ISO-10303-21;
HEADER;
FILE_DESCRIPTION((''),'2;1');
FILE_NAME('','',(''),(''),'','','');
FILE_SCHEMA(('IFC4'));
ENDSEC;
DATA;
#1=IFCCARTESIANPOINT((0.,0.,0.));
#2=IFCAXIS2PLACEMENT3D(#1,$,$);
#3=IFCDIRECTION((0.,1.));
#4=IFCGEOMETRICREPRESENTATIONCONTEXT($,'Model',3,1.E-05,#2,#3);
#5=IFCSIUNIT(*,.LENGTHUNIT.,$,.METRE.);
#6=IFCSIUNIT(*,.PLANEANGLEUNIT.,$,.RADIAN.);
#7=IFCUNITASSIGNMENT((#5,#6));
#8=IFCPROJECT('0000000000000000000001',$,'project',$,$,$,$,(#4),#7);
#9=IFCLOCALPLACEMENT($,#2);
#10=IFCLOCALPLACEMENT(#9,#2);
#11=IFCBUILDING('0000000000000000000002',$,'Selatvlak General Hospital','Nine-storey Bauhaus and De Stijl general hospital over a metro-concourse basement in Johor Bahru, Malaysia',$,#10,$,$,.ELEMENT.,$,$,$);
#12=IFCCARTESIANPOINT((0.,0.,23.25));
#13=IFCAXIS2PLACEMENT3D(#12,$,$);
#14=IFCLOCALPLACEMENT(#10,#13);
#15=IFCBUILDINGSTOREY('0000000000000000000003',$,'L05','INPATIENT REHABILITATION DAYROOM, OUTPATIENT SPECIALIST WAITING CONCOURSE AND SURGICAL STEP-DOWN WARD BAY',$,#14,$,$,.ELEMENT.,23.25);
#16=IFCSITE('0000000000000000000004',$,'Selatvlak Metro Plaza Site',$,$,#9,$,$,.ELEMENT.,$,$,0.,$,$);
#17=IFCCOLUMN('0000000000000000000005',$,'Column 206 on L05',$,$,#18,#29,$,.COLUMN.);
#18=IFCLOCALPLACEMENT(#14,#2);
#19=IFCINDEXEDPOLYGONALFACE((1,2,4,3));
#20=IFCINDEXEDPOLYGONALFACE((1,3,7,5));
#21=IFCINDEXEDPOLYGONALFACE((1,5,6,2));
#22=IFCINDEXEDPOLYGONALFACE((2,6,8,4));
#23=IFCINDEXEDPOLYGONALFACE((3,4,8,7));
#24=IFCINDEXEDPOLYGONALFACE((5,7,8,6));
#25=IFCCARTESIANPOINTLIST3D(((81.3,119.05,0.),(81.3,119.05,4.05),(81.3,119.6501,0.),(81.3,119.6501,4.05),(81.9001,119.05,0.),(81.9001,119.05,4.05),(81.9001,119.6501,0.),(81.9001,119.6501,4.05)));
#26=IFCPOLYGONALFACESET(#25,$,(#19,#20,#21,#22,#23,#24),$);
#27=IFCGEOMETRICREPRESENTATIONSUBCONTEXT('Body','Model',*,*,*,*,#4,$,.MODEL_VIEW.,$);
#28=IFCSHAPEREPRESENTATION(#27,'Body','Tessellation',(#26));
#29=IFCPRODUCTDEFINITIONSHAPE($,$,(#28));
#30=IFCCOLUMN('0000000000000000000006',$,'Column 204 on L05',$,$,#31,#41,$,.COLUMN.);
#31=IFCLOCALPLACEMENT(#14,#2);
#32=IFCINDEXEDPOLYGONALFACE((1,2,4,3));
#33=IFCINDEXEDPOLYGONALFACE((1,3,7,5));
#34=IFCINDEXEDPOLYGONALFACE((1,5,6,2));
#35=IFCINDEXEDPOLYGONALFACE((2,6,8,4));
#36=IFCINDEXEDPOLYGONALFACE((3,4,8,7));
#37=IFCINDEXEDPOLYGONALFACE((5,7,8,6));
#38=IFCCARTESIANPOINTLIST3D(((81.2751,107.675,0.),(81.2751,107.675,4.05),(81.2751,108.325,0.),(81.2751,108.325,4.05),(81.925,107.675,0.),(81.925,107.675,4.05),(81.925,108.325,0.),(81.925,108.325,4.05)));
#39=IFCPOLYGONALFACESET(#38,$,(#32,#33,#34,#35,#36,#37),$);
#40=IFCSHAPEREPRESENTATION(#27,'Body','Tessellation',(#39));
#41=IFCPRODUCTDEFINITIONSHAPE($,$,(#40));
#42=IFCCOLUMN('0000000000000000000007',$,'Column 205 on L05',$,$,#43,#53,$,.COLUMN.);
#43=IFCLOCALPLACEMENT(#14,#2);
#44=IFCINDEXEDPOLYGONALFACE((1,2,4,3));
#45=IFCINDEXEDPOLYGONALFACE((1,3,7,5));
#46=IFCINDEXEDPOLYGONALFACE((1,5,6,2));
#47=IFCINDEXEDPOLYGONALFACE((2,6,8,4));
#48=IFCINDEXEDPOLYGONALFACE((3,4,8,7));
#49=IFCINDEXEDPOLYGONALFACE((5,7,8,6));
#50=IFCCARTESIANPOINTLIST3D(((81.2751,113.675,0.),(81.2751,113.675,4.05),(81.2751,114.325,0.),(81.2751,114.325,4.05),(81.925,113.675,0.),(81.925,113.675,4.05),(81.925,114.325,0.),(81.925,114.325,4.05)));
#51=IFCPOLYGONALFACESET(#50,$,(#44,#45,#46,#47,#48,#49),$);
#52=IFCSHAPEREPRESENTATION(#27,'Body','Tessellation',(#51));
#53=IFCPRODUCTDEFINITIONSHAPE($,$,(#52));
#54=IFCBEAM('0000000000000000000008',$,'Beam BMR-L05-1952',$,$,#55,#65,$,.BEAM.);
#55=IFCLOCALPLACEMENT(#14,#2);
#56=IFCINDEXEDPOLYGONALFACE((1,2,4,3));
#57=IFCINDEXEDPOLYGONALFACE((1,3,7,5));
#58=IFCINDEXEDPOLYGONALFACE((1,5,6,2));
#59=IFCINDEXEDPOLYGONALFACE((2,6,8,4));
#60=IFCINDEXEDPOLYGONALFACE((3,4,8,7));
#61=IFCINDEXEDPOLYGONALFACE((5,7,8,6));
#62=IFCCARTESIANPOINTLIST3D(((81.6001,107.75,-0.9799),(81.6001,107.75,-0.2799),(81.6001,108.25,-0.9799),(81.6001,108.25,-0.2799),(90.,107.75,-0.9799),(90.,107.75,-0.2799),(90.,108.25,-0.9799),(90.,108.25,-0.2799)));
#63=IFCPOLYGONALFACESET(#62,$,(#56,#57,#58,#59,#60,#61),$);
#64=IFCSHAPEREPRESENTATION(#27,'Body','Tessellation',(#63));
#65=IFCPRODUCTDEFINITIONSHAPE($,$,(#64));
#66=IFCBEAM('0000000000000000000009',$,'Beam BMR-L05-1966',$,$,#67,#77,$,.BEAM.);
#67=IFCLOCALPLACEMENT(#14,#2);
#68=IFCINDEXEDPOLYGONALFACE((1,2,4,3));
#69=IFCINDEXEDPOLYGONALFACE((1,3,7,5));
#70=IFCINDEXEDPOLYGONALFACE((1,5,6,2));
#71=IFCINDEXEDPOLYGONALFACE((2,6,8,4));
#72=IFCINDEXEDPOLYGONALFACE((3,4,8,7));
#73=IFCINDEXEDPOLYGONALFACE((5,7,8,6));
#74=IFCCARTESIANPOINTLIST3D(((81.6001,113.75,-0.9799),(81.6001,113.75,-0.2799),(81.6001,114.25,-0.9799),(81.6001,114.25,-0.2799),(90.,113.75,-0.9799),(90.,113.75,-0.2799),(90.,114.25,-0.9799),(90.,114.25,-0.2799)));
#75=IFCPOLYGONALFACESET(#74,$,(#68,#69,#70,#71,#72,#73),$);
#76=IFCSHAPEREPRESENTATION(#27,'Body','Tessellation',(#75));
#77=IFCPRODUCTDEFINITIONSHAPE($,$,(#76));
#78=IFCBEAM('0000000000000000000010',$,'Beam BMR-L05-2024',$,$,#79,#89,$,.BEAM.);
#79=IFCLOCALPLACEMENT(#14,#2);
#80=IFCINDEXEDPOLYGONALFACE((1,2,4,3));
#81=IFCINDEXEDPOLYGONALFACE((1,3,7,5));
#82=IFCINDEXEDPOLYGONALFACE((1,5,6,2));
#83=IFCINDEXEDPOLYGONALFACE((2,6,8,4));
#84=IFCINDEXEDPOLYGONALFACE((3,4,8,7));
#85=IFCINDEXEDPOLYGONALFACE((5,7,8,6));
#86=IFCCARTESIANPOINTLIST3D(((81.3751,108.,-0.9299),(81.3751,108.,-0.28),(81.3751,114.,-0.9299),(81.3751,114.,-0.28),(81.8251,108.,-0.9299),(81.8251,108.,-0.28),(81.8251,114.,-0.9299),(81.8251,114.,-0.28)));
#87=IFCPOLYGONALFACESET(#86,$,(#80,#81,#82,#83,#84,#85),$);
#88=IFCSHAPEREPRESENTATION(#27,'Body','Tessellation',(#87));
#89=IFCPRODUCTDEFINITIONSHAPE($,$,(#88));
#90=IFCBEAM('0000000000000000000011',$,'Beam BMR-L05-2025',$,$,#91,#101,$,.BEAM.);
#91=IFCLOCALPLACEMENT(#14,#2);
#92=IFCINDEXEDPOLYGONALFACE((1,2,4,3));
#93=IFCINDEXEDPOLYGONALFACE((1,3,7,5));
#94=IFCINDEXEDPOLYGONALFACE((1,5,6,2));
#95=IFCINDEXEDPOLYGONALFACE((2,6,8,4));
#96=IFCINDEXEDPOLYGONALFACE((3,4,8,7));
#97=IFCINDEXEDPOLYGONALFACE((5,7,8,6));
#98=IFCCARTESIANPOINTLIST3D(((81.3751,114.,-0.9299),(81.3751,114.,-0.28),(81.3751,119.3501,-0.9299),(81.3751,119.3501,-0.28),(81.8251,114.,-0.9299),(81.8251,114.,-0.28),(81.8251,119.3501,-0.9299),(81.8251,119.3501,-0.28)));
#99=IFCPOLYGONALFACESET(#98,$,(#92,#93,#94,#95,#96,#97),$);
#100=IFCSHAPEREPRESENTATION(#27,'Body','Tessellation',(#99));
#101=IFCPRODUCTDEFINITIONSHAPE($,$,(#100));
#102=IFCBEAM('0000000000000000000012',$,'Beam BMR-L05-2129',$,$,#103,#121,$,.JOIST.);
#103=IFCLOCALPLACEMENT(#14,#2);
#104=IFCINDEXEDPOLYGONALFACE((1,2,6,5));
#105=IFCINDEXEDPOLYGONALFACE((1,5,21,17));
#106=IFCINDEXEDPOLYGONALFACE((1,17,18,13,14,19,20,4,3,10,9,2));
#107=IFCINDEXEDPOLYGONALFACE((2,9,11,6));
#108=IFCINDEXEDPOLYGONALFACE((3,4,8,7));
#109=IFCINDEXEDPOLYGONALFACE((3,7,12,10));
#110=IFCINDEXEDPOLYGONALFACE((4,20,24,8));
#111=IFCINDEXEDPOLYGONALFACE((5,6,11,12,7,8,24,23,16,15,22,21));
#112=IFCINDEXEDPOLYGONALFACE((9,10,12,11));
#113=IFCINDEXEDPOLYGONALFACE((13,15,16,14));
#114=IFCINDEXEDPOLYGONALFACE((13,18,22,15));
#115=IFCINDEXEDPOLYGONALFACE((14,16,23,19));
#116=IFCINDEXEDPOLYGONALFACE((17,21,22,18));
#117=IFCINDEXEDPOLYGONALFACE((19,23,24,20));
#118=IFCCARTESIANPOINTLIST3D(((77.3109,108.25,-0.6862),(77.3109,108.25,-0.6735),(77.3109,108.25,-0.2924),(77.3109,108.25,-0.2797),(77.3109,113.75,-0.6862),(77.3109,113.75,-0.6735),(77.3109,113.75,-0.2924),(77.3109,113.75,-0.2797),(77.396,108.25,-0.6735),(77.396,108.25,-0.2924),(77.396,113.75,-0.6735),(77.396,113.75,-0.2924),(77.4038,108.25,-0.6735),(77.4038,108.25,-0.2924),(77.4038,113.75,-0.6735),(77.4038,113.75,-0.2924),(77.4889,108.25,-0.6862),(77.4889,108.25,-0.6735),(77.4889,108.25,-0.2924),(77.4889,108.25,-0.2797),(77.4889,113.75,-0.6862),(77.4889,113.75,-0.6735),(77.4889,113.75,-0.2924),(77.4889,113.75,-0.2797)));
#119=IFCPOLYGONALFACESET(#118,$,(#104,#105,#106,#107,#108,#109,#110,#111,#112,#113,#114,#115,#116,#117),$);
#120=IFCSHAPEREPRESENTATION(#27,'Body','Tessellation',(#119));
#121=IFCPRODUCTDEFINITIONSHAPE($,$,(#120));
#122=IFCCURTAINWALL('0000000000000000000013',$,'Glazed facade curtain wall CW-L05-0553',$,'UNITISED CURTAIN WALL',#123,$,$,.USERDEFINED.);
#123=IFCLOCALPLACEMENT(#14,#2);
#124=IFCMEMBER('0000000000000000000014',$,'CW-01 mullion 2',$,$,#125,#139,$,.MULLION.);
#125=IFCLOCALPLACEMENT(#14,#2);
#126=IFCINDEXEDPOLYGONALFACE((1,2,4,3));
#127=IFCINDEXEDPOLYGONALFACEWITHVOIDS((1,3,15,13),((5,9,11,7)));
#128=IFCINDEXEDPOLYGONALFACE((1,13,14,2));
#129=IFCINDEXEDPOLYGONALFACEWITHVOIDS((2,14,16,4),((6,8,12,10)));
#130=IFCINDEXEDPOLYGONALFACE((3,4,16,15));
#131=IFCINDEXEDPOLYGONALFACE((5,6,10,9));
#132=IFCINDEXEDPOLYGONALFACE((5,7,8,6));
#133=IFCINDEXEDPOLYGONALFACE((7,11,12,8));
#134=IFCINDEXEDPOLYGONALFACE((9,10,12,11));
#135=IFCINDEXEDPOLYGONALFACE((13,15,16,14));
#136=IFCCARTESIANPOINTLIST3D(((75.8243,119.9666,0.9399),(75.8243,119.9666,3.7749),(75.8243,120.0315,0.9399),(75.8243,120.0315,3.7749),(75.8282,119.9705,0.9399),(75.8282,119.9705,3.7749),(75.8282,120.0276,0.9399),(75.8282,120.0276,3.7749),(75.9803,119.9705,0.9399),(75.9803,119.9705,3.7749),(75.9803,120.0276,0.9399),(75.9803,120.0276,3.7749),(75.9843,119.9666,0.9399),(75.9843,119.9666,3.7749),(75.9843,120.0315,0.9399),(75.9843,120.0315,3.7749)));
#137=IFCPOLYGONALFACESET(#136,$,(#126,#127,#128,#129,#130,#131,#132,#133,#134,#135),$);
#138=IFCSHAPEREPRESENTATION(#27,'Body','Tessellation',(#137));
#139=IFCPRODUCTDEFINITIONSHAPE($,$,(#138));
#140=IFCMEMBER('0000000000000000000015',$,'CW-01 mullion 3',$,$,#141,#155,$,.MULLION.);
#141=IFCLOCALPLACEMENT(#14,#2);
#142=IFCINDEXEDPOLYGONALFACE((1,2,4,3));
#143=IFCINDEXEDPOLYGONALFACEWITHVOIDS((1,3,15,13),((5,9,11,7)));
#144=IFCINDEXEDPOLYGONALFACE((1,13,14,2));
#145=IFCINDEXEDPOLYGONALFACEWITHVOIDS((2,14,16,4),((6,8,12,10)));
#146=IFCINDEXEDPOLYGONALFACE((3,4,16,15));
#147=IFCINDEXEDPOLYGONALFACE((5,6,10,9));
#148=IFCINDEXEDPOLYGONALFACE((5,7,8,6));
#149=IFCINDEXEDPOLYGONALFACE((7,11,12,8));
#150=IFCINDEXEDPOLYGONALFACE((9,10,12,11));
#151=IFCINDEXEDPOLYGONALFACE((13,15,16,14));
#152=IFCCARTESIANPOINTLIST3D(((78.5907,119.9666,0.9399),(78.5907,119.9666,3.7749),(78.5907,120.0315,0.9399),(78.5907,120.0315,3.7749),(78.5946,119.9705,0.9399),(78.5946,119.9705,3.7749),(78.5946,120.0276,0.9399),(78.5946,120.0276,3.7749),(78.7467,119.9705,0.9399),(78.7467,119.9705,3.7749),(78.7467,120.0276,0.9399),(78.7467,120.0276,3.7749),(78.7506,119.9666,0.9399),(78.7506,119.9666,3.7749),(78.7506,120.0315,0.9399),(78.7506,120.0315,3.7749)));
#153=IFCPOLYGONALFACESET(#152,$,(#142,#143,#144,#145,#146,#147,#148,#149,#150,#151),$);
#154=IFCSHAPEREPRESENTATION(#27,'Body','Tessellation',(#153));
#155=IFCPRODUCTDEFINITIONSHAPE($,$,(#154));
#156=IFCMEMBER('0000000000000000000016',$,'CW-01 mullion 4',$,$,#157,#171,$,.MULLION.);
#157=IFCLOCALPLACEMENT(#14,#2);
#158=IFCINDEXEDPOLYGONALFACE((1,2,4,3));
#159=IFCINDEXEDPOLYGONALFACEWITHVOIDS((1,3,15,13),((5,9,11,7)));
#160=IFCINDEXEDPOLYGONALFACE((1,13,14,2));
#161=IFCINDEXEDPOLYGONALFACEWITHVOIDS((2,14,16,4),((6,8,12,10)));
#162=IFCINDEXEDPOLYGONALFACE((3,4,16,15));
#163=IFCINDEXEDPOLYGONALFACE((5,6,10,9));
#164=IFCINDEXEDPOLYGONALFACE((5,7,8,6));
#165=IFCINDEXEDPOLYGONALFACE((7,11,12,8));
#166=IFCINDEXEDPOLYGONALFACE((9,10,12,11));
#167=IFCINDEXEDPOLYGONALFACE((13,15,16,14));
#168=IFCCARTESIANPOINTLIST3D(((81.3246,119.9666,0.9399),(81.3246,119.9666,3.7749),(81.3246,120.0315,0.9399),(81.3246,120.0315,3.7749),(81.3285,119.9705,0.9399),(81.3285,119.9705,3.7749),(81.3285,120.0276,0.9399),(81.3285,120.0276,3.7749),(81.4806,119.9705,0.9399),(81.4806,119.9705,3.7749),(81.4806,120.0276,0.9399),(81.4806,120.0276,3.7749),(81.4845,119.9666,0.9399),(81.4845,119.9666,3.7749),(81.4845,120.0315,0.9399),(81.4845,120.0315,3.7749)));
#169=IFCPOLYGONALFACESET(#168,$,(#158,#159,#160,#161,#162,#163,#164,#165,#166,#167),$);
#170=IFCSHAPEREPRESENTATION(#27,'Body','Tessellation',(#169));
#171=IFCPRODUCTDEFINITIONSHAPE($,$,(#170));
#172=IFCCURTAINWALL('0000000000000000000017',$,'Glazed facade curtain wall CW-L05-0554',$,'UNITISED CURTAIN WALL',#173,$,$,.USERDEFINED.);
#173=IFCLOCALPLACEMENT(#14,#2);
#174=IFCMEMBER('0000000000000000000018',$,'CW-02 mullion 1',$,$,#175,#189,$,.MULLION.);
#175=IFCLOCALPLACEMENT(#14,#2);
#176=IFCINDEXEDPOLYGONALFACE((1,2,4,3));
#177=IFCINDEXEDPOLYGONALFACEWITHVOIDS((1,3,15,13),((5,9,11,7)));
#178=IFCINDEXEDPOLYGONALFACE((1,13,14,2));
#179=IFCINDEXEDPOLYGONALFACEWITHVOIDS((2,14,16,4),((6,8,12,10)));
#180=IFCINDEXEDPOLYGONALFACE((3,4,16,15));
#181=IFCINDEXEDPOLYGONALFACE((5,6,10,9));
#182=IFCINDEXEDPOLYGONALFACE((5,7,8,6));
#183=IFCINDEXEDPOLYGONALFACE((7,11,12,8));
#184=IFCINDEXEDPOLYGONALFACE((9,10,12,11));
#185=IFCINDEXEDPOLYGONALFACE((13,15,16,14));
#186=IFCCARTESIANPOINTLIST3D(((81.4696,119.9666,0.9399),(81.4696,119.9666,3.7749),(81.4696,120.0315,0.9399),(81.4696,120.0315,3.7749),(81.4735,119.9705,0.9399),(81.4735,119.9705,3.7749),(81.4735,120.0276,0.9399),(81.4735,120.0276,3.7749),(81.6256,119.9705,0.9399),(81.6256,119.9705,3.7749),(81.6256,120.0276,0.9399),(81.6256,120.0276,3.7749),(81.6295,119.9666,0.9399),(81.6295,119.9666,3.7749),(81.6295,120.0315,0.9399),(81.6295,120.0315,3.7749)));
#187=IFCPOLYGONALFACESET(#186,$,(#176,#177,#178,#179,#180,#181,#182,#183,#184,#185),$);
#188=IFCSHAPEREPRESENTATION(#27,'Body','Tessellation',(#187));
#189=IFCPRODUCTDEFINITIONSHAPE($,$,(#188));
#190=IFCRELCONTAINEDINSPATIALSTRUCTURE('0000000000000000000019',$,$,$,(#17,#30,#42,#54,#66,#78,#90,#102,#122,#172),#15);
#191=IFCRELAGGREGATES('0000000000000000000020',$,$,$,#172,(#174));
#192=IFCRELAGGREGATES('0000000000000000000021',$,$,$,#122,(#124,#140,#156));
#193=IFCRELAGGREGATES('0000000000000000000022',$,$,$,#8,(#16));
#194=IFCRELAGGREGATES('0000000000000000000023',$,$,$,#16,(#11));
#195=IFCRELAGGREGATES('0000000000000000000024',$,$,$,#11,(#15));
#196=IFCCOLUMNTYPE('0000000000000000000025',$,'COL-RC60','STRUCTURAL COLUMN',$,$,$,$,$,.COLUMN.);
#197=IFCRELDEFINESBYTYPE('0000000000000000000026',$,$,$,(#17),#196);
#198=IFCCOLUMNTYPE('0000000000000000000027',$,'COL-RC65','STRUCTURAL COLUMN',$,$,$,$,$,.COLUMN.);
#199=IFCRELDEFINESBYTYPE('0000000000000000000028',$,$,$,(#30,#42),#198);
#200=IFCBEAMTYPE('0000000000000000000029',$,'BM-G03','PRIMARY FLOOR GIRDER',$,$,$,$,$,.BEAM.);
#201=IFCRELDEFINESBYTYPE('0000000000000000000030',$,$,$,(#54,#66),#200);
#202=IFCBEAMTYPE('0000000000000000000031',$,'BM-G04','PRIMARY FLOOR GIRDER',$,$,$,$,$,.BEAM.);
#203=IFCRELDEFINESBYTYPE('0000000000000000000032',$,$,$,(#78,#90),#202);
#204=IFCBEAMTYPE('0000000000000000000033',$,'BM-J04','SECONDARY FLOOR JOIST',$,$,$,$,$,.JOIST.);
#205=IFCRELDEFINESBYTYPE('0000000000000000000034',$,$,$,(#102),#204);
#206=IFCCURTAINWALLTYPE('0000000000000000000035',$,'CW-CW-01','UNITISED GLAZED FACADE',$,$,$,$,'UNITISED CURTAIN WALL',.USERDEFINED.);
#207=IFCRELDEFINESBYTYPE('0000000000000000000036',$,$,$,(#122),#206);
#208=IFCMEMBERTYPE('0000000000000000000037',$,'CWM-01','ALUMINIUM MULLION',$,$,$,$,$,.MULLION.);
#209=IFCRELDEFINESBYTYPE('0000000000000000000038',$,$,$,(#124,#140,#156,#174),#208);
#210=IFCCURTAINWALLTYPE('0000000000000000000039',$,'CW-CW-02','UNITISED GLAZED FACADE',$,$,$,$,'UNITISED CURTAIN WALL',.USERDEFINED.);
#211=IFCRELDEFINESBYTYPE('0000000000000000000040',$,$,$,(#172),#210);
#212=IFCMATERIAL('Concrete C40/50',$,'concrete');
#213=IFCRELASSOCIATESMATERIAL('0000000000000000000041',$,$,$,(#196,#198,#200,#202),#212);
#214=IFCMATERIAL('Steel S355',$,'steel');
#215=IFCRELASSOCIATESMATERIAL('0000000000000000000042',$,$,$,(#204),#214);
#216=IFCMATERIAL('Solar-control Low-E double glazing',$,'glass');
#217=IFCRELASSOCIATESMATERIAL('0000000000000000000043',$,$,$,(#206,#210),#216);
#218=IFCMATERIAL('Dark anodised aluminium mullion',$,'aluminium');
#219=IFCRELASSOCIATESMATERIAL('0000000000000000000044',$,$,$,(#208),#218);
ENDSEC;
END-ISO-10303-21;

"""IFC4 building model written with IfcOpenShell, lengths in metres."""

from ifc_helpers import new_model, si_unit, direction, frame, origin, origin_2d, place, context, subcontext, project, spatial, rectangle, hollow_rectangle, i_section, extrude, material, material_profile, profile_set, type_object, element, aggregate, save


model = new_model("IFC4")

# Units and contexts
model_context = context("Model", 3, precision=1e-05, world=origin(), true_north=direction((0.0, 1.0)))
body_context = subcontext(model_context, "Body", "Model", "MODEL_VIEW")
ifc_project = project(units=[si_unit("LENGTHUNIT", "METRE"), si_unit("PLANEANGLEUNIT", "RADIAN")], contexts=[model_context])

# Site, building, storey
site_placement = place(None, origin())
site = spatial("IfcSite", under=ifc_project, at=site_placement, Name="Selatvlak Metro Plaza Site", CompositionType="ELEMENT", RefElevation=0.0)
building_placement = place(site_placement, origin())
building = spatial("IfcBuilding", under=site, at=building_placement, Name="Selatvlak General Hospital", Description="Nine-storey Bauhaus and De Stijl general hospital over a metro-concourse basement in Johor Bahru, Malaysia", CompositionType="ELEMENT")
storey_placement = place(building_placement, frame((0.0, 0.0, 23.25)))
storey = spatial("IfcBuildingStorey", under=building, at=storey_placement, Name="L05", Description="INPATIENT REHABILITATION DAYROOM, OUTPATIENT SPECIALIST WAITING CONCOURSE AND SURGICAL STEP-DOWN WARD BAY", CompositionType="ELEMENT", Elevation=23.25)

# Columns
ifc_material_1 = material(Name="Concrete C40/50", Category="concrete")
ifc_material_profile_1 = material_profile(ifc_material_1, rectangle(XDim=0.6001, YDim=0.6001, at=origin_2d()), Name="RC-COL 600x600")
ifc_profile_set_1 = profile_set([ifc_material_profile_1], Name="Concrete C40/50")
column_type_1 = type_object("IfcColumnType", Name="COL-RC60", Description="STRUCTURAL COLUMN", PredefinedType="COLUMN", material=ifc_profile_set_1)
column_placement = place(storey_placement, frame((81.6001, 119.3501, 0.0), z_axis=(0.0, 0.0, 1.0), x_axis=(1.0, 0.0, 0.0)))
element("IfcColumn", 1, at=column_placement, inside=storey, type_object=column_type_1, Name="Column 206 on L05", PredefinedType="COLUMN", context=body_context, shape_type="SweptSolid", body=[
    extrude(rectangle(XDim=0.6001, YDim=0.6001, at=origin_2d()), origin(), (0.0, 0.0, 1.0), 4.05),
])
ifc_material_profile_2 = material_profile(ifc_material_1, rectangle(XDim=0.6499, YDim=0.6499, at=origin_2d()), Name="RC-COL 650x650")
ifc_profile_set_2 = profile_set([ifc_material_profile_2], Name="Concrete C40/50")
column_type_2 = type_object("IfcColumnType", Name="COL-RC65", Description="STRUCTURAL COLUMN", PredefinedType="COLUMN", material=ifc_profile_set_2)
for number, where, z_axis, x_axis, name in (
    (2, (81.6001, 108.0, 0.0), (0.0, 0.0, 1.0), (1.0, 0.0, 0.0), "Column 204 on L05"),
    (3, (81.6001, 114.0, 0.0), (0.0, 0.0, 1.0), (1.0, 0.0, 0.0), "Column 205 on L05"),
):
    element("IfcColumn", number, at=place(storey_placement, frame(where, z_axis=z_axis, x_axis=x_axis)), inside=storey, type_object=column_type_2, Name=name, PredefinedType="COLUMN", context=body_context, shape_type="SweptSolid", body=[
        extrude(rectangle(XDim=0.6499, YDim=0.6499, at=origin_2d()), origin(), (0.0, 0.0, 1.0), 4.05),
    ])

# Beams
ifc_material_profile_3 = material_profile(ifc_material_1, rectangle(XDim=0.5, YDim=0.7, at=origin_2d()), Name="RC-BM 500x700")
ifc_profile_set_3 = profile_set([ifc_material_profile_3], Name="Concrete C40/50")
beam_type_1 = type_object("IfcBeamType", Name="BM-G03", Description="PRIMARY FLOOR GIRDER", PredefinedType="BEAM", material=ifc_profile_set_3)
for number, where, z_axis, x_axis, name in (
    (4, (81.6001, 108.0, -0.6299), (1.0, 0.0, 0.0), (0.0, 1.0, 0.0), "Beam BMR-L05-1952"),
    (5, (81.6001, 114.0, -0.6299), (1.0, 0.0, 0.0), (0.0, 1.0, 0.0), "Beam BMR-L05-1966"),
):
    element("IfcBeam", number, at=place(storey_placement, frame(where, z_axis=z_axis, x_axis=x_axis)), inside=storey, type_object=beam_type_1, Name=name, PredefinedType="BEAM", context=body_context, shape_type="SweptSolid", body=[
        extrude(rectangle(XDim=0.5, YDim=0.7, at=origin_2d()), origin(), (0.0, 0.0, 1.0), 8.3999),
    ])
ifc_material_profile_4 = material_profile(ifc_material_1, rectangle(XDim=0.45, YDim=0.6499, at=origin_2d()), Name="RC-BM 450x650")
ifc_profile_set_4 = profile_set([ifc_material_profile_4], Name="Concrete C40/50")
beam_type_2 = type_object("IfcBeamType", Name="BM-G04", Description="PRIMARY FLOOR GIRDER", PredefinedType="BEAM", material=ifc_profile_set_4)
beam_1_placement = place(storey_placement, frame((81.6001, 108.0, -0.605), z_axis=(0.0, 1.0, 0.0), x_axis=(-1.0, 0.0, 0.0)))
element("IfcBeam", 6, at=beam_1_placement, inside=storey, type_object=beam_type_2, Name="Beam BMR-L05-2024", PredefinedType="BEAM", context=body_context, shape_type="SweptSolid", body=[
    extrude(rectangle(XDim=0.45, YDim=0.6499, at=origin_2d()), origin(), (0.0, 0.0, 1.0), 6.0),
])
beam_2_placement = place(storey_placement, frame((81.6001, 114.0, -0.605), z_axis=(0.0, 1.0, 0.0), x_axis=(-1.0, 0.0, 0.0)))
element("IfcBeam", 7, at=beam_2_placement, inside=storey, type_object=beam_type_2, Name="Beam BMR-L05-2025", PredefinedType="BEAM", context=body_context, shape_type="SweptSolid", body=[
    extrude(rectangle(XDim=0.45, YDim=0.6499, at=origin_2d()), origin(), (0.0, 0.0, 1.0), 5.3501),
])
ifc_material_2 = material(Name="Steel S355", Category="steel")
ifc_material_profile_5 = material_profile(ifc_material_2, i_section(OverallWidth=0.178, OverallDepth=0.4065, WebThickness=0.0078, FlangeThickness=0.0127, at=origin_2d()), Name="UB 406x178x60")
ifc_profile_set_5 = profile_set([ifc_material_profile_5], Name="Steel S355")
beam_type_3 = type_object("IfcBeamType", Name="BM-J04", Description="SECONDARY FLOOR JOIST", PredefinedType="JOIST", material=ifc_profile_set_5)
beam_3_placement = place(storey_placement, frame((77.3999, 108.25, -0.4829), z_axis=(0.0, 1.0, 0.0), x_axis=(-1.0, 0.0, 0.0)))
element("IfcBeam", 8, at=beam_3_placement, inside=storey, type_object=beam_type_3, Name="Beam BMR-L05-2129", PredefinedType="JOIST", context=body_context, shape_type="SweptSolid", body=[
    extrude(i_section(OverallWidth=0.178, OverallDepth=0.4065, WebThickness=0.0078, FlangeThickness=0.0127, at=origin_2d()), origin(), (0.0, 0.0, 1.0), 5.5),
])

# Curtain wall, members
ifc_material_3 = material(Name="Solar-control Low-E double glazing", Category="glass")
curtain_wall_type_1 = type_object("IfcCurtainWallType", Name="CW-CW-01", Description="UNITISED GLAZED FACADE", ElementType="UNITISED CURTAIN WALL", PredefinedType="USERDEFINED", material=ifc_material_3)
curtain_wall_1_placement = place(storey_placement, origin())
curtain_wall_1 = element("IfcCurtainWall", 9, at=curtain_wall_1_placement, inside=storey, type_object=curtain_wall_type_1, Name="Glazed facade curtain wall CW-L05-0553", ObjectType="UNITISED CURTAIN WALL", PredefinedType="USERDEFINED")
ifc_material_4 = material(Name="Dark anodised aluminium mullion", Category="aluminium")
ifc_material_profile_6 = material_profile(ifc_material_4, hollow_rectangle(XDim=0.0649, YDim=0.1599, WallThickness=0.0039, at=origin_2d()), Name="AL-MUL 65x160x4")
ifc_profile_set_6 = profile_set([ifc_material_profile_6], Name="Dark anodised aluminium mullion")
member_type_1 = type_object("IfcMemberType", Name="CWM-01", Description="ALUMINIUM MULLION", PredefinedType="MULLION", material=ifc_profile_set_6)
member_1_placement = place(storey_placement, frame((75.9043, 119.999, 0.9399), z_axis=(0.0, 0.0, 1.0), x_axis=(0.0, 1.0, 0.0)))
member_1 = element("IfcMember", 10, at=member_1_placement, type_object=member_type_1, Name="CW-01 mullion 2", PredefinedType="MULLION", context=body_context, shape_type="SweptSolid", body=[
    extrude(hollow_rectangle(XDim=0.0649, YDim=0.1599, WallThickness=0.0039, at=origin_2d()), origin(), (0.0, 0.0, 1.0), 2.835),
])
member_2_placement = place(storey_placement, frame((78.6707, 119.999, 0.9399), z_axis=(0.0, 0.0, 1.0), x_axis=(0.0, 1.0, 0.0)))
member_2 = element("IfcMember", 11, at=member_2_placement, type_object=member_type_1, Name="CW-01 mullion 3", PredefinedType="MULLION", context=body_context, shape_type="SweptSolid", body=[
    extrude(hollow_rectangle(XDim=0.0649, YDim=0.1599, WallThickness=0.0039, at=origin_2d()), origin(), (0.0, 0.0, 1.0), 2.835),
])
member_3_placement = place(storey_placement, frame((81.4045, 119.999, 0.9399), z_axis=(0.0, 0.0, 1.0), x_axis=(0.0, 1.0, 0.0)))
member_3 = element("IfcMember", 12, at=member_3_placement, type_object=member_type_1, Name="CW-01 mullion 4", PredefinedType="MULLION", context=body_context, shape_type="SweptSolid", body=[
    extrude(hollow_rectangle(XDim=0.0649, YDim=0.1599, WallThickness=0.0039, at=origin_2d()), origin(), (0.0, 0.0, 1.0), 2.835),
])

# Curtain wall, member
curtain_wall_type_2 = type_object("IfcCurtainWallType", Name="CW-CW-02", Description="UNITISED GLAZED FACADE", ElementType="UNITISED CURTAIN WALL", PredefinedType="USERDEFINED", material=ifc_material_3)
curtain_wall_2_placement = place(storey_placement, origin())
curtain_wall_2 = element("IfcCurtainWall", 13, at=curtain_wall_2_placement, inside=storey, type_object=curtain_wall_type_2, Name="Glazed facade curtain wall CW-L05-0554", ObjectType="UNITISED CURTAIN WALL", PredefinedType="USERDEFINED")
member_4_placement = place(storey_placement, frame((81.5496, 119.999, 0.9399), z_axis=(0.0, 0.0, 1.0), x_axis=(0.0, 1.0, 0.0)))
member_4 = element("IfcMember", 14, at=member_4_placement, type_object=member_type_1, Name="CW-02 mullion 1", PredefinedType="MULLION", context=body_context, shape_type="SweptSolid", body=[
    extrude(hollow_rectangle(XDim=0.0649, YDim=0.1599, WallThickness=0.0039, at=origin_2d()), origin(), (0.0, 0.0, 1.0), 2.835),
])

aggregate(curtain_wall_2, [member_4])

aggregate(curtain_wall_1, [member_1, member_2, member_3])

save(model, "model.ifc")
